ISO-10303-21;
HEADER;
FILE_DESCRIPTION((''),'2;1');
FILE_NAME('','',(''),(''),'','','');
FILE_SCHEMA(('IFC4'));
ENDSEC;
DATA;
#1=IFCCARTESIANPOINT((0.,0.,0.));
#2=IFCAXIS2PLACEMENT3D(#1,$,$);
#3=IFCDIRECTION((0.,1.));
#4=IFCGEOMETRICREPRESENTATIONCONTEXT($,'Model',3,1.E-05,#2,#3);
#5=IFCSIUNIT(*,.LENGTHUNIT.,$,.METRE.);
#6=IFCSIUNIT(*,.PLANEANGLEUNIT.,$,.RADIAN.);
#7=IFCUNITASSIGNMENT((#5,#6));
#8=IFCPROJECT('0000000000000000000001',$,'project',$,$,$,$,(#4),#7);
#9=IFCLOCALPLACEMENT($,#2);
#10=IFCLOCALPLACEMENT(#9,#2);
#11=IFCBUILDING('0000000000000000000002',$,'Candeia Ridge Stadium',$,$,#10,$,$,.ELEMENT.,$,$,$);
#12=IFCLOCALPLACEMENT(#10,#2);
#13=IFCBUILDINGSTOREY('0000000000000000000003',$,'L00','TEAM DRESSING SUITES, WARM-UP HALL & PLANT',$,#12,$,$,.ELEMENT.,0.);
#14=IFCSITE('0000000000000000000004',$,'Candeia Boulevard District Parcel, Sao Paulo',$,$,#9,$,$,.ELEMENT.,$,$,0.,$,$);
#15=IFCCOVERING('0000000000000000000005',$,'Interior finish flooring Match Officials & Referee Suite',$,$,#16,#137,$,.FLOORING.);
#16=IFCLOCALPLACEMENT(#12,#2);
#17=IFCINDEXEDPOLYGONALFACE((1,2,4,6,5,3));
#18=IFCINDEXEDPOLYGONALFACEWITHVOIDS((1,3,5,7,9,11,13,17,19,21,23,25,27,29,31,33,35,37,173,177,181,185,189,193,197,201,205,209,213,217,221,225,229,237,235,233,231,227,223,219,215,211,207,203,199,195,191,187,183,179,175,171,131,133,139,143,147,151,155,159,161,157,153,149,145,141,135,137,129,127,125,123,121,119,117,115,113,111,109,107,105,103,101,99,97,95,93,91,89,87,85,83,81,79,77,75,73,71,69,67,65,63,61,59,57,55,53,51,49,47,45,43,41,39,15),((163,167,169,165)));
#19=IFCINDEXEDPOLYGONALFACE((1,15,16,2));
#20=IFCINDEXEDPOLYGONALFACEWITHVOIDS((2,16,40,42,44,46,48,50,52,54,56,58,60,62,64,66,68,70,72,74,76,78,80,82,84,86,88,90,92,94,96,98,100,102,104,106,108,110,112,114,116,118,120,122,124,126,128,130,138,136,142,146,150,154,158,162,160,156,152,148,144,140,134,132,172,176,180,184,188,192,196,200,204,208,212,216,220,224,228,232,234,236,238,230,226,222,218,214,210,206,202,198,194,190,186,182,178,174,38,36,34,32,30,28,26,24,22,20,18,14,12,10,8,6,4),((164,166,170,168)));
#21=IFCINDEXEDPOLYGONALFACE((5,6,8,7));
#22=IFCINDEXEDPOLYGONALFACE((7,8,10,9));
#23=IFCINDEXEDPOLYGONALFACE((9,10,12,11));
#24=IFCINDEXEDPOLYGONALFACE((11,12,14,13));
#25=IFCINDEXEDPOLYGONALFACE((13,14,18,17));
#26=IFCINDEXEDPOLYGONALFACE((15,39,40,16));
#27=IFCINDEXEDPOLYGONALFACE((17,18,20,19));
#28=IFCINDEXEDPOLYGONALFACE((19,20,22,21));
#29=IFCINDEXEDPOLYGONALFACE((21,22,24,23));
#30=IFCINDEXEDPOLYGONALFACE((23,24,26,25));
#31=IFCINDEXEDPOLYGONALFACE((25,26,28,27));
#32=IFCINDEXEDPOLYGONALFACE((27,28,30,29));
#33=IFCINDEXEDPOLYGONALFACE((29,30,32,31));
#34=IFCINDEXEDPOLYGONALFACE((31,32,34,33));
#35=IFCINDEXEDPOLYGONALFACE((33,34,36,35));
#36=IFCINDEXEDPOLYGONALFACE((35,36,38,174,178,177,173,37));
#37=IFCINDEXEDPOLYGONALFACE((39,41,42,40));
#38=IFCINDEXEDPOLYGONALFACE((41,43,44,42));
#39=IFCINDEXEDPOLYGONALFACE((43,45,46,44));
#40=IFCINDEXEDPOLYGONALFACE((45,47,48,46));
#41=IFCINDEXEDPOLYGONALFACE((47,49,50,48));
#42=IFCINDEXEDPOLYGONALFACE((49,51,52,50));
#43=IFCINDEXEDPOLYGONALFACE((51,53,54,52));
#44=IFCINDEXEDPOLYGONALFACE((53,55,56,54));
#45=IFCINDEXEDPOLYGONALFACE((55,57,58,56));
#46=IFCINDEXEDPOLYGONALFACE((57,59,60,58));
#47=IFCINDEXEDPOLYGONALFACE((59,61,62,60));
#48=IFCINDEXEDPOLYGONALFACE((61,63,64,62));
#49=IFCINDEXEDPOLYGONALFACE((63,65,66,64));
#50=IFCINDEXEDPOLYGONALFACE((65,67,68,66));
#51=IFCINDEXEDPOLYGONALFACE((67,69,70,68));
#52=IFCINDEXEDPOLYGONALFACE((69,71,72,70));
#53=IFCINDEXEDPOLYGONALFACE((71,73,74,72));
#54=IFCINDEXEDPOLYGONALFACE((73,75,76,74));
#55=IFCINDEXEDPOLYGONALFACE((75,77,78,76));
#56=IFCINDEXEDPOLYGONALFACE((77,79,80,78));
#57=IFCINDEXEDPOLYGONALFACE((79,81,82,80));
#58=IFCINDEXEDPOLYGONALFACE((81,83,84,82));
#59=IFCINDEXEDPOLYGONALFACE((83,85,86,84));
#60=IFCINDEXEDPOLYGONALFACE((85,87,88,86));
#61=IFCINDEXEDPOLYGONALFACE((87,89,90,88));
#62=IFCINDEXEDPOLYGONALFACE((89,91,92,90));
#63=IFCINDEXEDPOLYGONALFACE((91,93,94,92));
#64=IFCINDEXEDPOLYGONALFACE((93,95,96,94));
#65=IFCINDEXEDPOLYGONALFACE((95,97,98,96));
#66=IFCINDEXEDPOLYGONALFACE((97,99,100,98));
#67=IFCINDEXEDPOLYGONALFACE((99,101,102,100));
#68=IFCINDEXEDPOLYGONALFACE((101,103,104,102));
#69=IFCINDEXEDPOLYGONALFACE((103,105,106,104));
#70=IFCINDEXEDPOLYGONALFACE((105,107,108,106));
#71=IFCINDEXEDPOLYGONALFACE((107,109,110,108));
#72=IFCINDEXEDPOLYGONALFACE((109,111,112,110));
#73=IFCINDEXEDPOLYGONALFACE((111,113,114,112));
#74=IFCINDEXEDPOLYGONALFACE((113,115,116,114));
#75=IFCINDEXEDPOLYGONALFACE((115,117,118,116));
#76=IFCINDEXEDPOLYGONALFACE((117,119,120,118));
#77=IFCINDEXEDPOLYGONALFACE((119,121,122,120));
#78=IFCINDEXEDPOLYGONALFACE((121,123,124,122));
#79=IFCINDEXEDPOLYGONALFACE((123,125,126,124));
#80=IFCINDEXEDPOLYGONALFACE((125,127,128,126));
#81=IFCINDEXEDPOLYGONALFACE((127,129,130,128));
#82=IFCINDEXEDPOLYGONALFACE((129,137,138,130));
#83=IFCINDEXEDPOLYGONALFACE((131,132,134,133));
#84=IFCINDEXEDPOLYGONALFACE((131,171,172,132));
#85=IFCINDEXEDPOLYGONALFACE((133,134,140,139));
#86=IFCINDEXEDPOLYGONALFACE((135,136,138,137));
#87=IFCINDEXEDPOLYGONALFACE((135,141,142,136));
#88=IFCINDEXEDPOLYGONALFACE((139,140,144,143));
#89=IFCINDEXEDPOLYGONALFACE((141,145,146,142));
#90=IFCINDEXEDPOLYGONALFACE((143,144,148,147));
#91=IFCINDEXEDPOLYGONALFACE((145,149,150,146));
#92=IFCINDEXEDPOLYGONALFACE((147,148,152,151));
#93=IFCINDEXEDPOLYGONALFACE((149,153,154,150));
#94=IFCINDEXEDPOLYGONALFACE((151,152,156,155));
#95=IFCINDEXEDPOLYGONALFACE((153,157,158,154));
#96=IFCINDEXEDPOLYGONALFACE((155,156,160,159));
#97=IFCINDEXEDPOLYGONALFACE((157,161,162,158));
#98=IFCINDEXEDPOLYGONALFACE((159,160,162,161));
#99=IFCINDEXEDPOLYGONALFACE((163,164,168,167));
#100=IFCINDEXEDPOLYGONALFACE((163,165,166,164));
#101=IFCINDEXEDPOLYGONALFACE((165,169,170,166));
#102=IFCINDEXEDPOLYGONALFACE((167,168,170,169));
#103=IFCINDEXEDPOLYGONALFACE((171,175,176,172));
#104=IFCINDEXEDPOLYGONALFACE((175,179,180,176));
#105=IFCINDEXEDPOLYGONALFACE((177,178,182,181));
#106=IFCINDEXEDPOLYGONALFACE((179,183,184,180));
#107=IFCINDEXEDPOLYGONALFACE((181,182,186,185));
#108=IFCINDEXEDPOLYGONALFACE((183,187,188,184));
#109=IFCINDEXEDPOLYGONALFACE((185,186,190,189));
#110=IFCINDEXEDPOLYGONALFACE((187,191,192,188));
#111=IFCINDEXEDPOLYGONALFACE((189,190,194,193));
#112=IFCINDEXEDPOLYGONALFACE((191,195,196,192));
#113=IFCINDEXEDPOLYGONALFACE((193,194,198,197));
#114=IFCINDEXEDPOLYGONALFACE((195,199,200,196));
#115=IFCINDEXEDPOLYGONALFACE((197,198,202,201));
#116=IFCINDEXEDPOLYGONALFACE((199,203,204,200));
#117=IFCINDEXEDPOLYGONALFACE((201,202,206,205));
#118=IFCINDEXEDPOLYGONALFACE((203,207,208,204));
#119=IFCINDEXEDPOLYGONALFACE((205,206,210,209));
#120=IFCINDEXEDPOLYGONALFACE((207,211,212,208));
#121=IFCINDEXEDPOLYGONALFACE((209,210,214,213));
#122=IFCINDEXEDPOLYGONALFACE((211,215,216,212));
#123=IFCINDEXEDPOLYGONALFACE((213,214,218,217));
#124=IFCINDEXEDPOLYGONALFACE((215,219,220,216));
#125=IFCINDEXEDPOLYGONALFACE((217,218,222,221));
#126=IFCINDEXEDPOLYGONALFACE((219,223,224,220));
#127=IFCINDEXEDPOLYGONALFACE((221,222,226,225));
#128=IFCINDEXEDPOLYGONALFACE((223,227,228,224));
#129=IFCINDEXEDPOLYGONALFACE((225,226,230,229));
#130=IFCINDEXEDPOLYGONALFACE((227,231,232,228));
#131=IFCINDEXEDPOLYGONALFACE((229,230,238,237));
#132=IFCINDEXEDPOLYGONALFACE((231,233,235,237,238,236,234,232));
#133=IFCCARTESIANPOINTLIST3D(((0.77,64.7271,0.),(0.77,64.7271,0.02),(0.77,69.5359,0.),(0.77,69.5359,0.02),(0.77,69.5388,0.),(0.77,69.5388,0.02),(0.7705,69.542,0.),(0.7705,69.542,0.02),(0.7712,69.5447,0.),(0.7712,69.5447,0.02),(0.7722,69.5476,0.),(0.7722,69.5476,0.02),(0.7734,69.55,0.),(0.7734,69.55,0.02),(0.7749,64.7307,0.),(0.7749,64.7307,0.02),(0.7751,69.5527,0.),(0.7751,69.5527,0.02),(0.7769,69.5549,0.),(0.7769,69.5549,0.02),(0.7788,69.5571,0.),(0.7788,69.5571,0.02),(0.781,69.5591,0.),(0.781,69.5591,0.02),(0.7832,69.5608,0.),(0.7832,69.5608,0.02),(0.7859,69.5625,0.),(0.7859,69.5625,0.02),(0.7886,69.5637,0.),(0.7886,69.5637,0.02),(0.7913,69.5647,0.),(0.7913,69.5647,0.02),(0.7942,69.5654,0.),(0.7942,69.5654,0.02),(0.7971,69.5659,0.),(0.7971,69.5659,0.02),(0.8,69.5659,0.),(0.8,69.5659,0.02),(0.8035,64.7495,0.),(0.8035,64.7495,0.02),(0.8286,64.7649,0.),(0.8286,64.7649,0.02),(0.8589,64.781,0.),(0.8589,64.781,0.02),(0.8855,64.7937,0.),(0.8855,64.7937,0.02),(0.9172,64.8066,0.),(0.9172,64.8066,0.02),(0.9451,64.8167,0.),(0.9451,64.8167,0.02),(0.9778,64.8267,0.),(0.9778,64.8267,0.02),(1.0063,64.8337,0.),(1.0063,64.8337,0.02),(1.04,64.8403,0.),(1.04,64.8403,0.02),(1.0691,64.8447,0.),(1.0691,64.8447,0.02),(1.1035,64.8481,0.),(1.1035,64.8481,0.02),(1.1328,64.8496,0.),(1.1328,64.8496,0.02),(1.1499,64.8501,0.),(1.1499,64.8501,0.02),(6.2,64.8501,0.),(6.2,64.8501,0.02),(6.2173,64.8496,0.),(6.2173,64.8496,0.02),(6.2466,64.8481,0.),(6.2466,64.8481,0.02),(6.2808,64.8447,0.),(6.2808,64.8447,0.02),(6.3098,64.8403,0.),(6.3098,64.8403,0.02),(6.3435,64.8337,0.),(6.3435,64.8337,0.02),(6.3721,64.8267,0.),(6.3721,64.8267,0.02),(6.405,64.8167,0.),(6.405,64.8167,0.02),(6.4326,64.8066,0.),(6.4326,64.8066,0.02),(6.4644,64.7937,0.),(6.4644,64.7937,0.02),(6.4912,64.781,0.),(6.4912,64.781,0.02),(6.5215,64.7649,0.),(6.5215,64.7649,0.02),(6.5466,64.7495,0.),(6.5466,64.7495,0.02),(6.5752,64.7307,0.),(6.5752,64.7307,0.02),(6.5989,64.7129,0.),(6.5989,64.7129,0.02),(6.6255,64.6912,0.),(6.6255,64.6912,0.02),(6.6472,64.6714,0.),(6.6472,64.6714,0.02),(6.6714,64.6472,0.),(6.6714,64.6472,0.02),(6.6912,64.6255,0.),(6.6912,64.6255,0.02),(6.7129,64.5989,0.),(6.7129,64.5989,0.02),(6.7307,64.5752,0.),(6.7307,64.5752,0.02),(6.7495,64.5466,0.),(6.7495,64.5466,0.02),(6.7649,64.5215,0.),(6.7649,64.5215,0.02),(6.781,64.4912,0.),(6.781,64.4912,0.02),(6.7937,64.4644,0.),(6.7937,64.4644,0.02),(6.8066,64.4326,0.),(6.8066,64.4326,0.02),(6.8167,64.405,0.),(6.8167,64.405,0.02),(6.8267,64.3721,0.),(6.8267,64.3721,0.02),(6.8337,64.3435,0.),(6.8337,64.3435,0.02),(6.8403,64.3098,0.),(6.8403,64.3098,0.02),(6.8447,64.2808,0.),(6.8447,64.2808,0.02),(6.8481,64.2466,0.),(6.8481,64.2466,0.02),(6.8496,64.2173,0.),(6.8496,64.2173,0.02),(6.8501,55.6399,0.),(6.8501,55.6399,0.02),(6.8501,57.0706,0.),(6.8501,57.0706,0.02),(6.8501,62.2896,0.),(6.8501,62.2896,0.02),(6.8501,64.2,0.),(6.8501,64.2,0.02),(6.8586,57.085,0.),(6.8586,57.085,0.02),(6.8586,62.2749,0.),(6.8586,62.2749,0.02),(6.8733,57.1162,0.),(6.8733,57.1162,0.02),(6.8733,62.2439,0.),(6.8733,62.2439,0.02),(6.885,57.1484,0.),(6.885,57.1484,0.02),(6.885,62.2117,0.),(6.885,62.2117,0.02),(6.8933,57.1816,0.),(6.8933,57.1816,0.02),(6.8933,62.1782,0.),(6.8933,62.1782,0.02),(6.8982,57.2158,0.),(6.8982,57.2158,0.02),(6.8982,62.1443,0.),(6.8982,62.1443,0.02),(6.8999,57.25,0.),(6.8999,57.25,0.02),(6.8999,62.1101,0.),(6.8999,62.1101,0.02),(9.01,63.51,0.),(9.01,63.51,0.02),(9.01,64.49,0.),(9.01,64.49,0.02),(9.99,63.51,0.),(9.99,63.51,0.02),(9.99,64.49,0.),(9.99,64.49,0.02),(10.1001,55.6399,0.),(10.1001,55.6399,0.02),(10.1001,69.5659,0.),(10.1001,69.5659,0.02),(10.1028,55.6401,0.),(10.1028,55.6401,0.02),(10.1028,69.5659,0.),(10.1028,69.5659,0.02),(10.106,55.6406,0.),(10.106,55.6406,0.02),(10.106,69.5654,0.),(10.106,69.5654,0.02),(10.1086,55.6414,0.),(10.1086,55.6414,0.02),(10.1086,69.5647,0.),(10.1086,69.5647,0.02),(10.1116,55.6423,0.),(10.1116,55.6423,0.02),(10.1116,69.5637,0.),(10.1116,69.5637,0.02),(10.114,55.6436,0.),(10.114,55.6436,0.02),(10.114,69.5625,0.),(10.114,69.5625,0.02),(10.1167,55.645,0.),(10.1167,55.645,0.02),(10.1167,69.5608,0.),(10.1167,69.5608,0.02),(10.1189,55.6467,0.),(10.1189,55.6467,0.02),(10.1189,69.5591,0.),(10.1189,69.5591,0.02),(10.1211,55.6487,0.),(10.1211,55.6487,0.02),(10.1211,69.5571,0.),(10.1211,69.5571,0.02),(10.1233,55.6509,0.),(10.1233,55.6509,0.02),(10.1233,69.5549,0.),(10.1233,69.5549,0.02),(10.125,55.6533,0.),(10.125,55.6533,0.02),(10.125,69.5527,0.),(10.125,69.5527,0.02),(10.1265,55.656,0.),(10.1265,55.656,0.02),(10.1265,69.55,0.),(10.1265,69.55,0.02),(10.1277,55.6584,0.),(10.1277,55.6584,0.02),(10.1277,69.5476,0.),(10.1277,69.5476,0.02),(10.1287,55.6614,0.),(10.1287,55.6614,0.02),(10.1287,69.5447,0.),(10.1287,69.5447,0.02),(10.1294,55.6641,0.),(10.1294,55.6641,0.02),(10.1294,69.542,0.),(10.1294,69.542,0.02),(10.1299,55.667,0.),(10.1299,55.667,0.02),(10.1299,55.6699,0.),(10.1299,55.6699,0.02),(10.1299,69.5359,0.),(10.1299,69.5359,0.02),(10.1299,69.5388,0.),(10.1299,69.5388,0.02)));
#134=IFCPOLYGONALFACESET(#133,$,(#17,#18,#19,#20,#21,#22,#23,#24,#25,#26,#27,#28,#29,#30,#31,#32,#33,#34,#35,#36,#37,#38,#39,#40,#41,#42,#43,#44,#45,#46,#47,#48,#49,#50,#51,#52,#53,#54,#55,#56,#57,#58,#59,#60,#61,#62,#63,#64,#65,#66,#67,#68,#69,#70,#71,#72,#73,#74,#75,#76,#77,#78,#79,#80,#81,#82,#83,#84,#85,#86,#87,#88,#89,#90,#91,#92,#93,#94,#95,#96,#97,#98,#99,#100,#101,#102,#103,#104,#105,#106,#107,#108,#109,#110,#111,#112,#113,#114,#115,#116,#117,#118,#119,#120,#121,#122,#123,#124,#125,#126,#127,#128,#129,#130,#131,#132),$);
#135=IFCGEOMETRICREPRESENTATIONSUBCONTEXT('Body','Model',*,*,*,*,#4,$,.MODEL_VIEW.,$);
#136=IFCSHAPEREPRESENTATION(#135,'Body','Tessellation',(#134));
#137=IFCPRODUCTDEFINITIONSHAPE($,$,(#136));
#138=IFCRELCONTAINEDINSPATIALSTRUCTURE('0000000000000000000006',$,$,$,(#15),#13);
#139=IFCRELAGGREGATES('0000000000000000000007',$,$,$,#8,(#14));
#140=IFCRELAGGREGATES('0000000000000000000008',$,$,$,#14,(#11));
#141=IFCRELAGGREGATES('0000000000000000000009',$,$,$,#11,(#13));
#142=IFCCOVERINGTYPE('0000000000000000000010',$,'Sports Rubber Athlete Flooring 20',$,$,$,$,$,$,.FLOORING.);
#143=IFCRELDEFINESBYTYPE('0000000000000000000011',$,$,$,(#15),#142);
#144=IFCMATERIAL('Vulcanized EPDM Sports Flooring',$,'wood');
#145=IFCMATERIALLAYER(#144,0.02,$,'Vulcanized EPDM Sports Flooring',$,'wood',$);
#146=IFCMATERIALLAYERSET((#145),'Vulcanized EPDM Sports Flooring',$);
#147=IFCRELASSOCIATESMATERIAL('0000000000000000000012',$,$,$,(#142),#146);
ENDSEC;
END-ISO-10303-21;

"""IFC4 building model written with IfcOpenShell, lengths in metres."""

from ifc_helpers import new_model, si_unit, direction, origin, place, context, subcontext, project, spatial, polyline, outline, extrude, material, layer, layer_set, type_object, element, save


model = new_model("IFC4")

# Units and contexts
model_context = context("Model", 3, precision=1e-05, world=origin(), true_north=direction((0.0, 1.0)))
body_context = subcontext(model_context, "Body", "Model", "MODEL_VIEW")
ifc_project = project(units=[si_unit("LENGTHUNIT", "METRE"), si_unit("PLANEANGLEUNIT", "RADIAN")], contexts=[model_context])

# Site, building, storey
site_placement = place(None, origin())
site = spatial("IfcSite", under=ifc_project, at=site_placement, Name="Candeia Boulevard District Parcel, Sao Paulo", CompositionType="ELEMENT", RefElevation=0.0)
building_placement = place(site_placement, origin())
building = spatial("IfcBuilding", under=site, at=building_placement, Name="Candeia Ridge Stadium", CompositionType="ELEMENT")
storey_placement = place(building_placement, origin())
storey = spatial("IfcBuildingStorey", under=building, at=storey_placement, Name="L00", Description="TEAM DRESSING SUITES, WARM-UP HALL & PLANT", CompositionType="ELEMENT", Elevation=0.0)

# Covering
ifc_material_1 = material(Name="Vulcanized EPDM Sports Flooring", Category="wood")
ifc_layer_1 = layer(ifc_material_1, 0.02, Name="Vulcanized EPDM Sports Flooring", Category="wood")
ifc_layer_set_1 = layer_set([ifc_layer_1], Name="Vulcanized EPDM Sports Flooring")
covering_type_1 = type_object("IfcCoveringType", Name="Sports Rubber Athlete Flooring 20", PredefinedType="FLOORING", material=ifc_layer_set_1)
covering_1_placement = place(storey_placement, origin())
element("IfcCovering", 1, at=covering_1_placement, inside=storey, type_object=covering_type_1, Name="Interior finish flooring Match Officials & Referee Suite", PredefinedType="FLOORING", context=body_context, shape_type="SweptSolid", body=[
    extrude(outline(polyline([(0.77, 69.5359), (0.77, 69.5388), (0.7705, 69.542), (0.7712, 69.5447), (0.7722, 69.5476), (0.7734, 69.55), (0.7751, 69.5527), (0.7769, 69.5549), (0.7788, 69.5571), (0.781, 69.5591), (0.7832, 69.5608), (0.7859, 69.5625), (0.7886, 69.5637), (0.7913, 69.5647), (0.7942, 69.5654), (0.7971, 69.5659), (0.8, 69.5659), (10.1001, 69.5659), (10.1028, 69.5659), (10.106, 69.5654), (10.1086, 69.5647), (10.1116, 69.5637), (10.114, 69.5625), (10.1167, 69.5608), (10.1189, 69.5591), (10.1211, 69.5571), (10.1233, 69.5549), (10.125, 69.5527), (10.1265, 69.55), (10.1277, 69.5476), (10.1287, 69.5447), (10.1294, 69.542), (10.1299, 69.5388), (10.1299, 69.5359), (10.1299, 55.6699), (10.1299, 55.667), (10.1294, 55.6641), (10.1287, 55.6614), (10.1277, 55.6584), (10.1265, 55.656), (10.125, 55.6533), (10.1233, 55.6509), (10.1211, 55.6487), (10.1189, 55.6467), (10.1167, 55.645), (10.114, 55.6436), (10.1116, 55.6423), (10.1086, 55.6414), (10.106, 55.6406), (10.1028, 55.6401), (10.1001, 55.6399), (6.8501, 55.6399), (6.8501, 57.0706), (6.8586, 57.085), (6.8733, 57.1162), (6.885, 57.1484), (6.8933, 57.1816), (6.8982, 57.2158), (6.8999, 57.25), (6.8999, 62.1101), (6.8982, 62.1443), (6.8933, 62.1782), (6.885, 62.2117), (6.8733, 62.2439), (6.8586, 62.2749), (6.8501, 62.2896), (6.8501, 64.2), (6.8496, 64.2173), (6.8481, 64.2466), (6.8447, 64.2808), (6.8403, 64.3098), (6.8337, 64.3435), (6.8267, 64.3721), (6.8167, 64.405), (6.8066, 64.4326), (6.7937, 64.4644), (6.781, 64.4912), (6.7649, 64.5215), (6.7495, 64.5466), (6.7307, 64.5752), (6.7129, 64.5989), (6.6912, 64.6255), (6.6714, 64.6472), (6.6472, 64.6714), (6.6255, 64.6912), (6.5989, 64.7129), (6.5752, 64.7307), (6.5466, 64.7495), (6.5215, 64.7649), (6.4912, 64.781), (6.4644, 64.7937), (6.4326, 64.8066), (6.405, 64.8167), (6.3721, 64.8267), (6.3435, 64.8337), (6.3098, 64.8403), (6.2808, 64.8447), (6.2466, 64.8481), (6.2173, 64.8496), (6.2, 64.8501), (1.1499, 64.8501), (1.1328, 64.8496), (1.1035, 64.8481), (1.0691, 64.8447), (1.04, 64.8403), (1.0063, 64.8337), (0.9778, 64.8267), (0.9451, 64.8167), (0.9172, 64.8066), (0.8855, 64.7937), (0.8589, 64.781), (0.8286, 64.7649), (0.8035, 64.7495), (0.7749, 64.7307), (0.77, 64.7271), (0.77, 69.5359)]), holes=[polyline([(9.99, 64.49), (9.01, 64.49), (9.01, 63.51), (9.99, 63.51), (9.99, 64.49)])]), origin(), (0.0, 0.0, 1.0), 0.02),
])

save(model, "model.ifc")
